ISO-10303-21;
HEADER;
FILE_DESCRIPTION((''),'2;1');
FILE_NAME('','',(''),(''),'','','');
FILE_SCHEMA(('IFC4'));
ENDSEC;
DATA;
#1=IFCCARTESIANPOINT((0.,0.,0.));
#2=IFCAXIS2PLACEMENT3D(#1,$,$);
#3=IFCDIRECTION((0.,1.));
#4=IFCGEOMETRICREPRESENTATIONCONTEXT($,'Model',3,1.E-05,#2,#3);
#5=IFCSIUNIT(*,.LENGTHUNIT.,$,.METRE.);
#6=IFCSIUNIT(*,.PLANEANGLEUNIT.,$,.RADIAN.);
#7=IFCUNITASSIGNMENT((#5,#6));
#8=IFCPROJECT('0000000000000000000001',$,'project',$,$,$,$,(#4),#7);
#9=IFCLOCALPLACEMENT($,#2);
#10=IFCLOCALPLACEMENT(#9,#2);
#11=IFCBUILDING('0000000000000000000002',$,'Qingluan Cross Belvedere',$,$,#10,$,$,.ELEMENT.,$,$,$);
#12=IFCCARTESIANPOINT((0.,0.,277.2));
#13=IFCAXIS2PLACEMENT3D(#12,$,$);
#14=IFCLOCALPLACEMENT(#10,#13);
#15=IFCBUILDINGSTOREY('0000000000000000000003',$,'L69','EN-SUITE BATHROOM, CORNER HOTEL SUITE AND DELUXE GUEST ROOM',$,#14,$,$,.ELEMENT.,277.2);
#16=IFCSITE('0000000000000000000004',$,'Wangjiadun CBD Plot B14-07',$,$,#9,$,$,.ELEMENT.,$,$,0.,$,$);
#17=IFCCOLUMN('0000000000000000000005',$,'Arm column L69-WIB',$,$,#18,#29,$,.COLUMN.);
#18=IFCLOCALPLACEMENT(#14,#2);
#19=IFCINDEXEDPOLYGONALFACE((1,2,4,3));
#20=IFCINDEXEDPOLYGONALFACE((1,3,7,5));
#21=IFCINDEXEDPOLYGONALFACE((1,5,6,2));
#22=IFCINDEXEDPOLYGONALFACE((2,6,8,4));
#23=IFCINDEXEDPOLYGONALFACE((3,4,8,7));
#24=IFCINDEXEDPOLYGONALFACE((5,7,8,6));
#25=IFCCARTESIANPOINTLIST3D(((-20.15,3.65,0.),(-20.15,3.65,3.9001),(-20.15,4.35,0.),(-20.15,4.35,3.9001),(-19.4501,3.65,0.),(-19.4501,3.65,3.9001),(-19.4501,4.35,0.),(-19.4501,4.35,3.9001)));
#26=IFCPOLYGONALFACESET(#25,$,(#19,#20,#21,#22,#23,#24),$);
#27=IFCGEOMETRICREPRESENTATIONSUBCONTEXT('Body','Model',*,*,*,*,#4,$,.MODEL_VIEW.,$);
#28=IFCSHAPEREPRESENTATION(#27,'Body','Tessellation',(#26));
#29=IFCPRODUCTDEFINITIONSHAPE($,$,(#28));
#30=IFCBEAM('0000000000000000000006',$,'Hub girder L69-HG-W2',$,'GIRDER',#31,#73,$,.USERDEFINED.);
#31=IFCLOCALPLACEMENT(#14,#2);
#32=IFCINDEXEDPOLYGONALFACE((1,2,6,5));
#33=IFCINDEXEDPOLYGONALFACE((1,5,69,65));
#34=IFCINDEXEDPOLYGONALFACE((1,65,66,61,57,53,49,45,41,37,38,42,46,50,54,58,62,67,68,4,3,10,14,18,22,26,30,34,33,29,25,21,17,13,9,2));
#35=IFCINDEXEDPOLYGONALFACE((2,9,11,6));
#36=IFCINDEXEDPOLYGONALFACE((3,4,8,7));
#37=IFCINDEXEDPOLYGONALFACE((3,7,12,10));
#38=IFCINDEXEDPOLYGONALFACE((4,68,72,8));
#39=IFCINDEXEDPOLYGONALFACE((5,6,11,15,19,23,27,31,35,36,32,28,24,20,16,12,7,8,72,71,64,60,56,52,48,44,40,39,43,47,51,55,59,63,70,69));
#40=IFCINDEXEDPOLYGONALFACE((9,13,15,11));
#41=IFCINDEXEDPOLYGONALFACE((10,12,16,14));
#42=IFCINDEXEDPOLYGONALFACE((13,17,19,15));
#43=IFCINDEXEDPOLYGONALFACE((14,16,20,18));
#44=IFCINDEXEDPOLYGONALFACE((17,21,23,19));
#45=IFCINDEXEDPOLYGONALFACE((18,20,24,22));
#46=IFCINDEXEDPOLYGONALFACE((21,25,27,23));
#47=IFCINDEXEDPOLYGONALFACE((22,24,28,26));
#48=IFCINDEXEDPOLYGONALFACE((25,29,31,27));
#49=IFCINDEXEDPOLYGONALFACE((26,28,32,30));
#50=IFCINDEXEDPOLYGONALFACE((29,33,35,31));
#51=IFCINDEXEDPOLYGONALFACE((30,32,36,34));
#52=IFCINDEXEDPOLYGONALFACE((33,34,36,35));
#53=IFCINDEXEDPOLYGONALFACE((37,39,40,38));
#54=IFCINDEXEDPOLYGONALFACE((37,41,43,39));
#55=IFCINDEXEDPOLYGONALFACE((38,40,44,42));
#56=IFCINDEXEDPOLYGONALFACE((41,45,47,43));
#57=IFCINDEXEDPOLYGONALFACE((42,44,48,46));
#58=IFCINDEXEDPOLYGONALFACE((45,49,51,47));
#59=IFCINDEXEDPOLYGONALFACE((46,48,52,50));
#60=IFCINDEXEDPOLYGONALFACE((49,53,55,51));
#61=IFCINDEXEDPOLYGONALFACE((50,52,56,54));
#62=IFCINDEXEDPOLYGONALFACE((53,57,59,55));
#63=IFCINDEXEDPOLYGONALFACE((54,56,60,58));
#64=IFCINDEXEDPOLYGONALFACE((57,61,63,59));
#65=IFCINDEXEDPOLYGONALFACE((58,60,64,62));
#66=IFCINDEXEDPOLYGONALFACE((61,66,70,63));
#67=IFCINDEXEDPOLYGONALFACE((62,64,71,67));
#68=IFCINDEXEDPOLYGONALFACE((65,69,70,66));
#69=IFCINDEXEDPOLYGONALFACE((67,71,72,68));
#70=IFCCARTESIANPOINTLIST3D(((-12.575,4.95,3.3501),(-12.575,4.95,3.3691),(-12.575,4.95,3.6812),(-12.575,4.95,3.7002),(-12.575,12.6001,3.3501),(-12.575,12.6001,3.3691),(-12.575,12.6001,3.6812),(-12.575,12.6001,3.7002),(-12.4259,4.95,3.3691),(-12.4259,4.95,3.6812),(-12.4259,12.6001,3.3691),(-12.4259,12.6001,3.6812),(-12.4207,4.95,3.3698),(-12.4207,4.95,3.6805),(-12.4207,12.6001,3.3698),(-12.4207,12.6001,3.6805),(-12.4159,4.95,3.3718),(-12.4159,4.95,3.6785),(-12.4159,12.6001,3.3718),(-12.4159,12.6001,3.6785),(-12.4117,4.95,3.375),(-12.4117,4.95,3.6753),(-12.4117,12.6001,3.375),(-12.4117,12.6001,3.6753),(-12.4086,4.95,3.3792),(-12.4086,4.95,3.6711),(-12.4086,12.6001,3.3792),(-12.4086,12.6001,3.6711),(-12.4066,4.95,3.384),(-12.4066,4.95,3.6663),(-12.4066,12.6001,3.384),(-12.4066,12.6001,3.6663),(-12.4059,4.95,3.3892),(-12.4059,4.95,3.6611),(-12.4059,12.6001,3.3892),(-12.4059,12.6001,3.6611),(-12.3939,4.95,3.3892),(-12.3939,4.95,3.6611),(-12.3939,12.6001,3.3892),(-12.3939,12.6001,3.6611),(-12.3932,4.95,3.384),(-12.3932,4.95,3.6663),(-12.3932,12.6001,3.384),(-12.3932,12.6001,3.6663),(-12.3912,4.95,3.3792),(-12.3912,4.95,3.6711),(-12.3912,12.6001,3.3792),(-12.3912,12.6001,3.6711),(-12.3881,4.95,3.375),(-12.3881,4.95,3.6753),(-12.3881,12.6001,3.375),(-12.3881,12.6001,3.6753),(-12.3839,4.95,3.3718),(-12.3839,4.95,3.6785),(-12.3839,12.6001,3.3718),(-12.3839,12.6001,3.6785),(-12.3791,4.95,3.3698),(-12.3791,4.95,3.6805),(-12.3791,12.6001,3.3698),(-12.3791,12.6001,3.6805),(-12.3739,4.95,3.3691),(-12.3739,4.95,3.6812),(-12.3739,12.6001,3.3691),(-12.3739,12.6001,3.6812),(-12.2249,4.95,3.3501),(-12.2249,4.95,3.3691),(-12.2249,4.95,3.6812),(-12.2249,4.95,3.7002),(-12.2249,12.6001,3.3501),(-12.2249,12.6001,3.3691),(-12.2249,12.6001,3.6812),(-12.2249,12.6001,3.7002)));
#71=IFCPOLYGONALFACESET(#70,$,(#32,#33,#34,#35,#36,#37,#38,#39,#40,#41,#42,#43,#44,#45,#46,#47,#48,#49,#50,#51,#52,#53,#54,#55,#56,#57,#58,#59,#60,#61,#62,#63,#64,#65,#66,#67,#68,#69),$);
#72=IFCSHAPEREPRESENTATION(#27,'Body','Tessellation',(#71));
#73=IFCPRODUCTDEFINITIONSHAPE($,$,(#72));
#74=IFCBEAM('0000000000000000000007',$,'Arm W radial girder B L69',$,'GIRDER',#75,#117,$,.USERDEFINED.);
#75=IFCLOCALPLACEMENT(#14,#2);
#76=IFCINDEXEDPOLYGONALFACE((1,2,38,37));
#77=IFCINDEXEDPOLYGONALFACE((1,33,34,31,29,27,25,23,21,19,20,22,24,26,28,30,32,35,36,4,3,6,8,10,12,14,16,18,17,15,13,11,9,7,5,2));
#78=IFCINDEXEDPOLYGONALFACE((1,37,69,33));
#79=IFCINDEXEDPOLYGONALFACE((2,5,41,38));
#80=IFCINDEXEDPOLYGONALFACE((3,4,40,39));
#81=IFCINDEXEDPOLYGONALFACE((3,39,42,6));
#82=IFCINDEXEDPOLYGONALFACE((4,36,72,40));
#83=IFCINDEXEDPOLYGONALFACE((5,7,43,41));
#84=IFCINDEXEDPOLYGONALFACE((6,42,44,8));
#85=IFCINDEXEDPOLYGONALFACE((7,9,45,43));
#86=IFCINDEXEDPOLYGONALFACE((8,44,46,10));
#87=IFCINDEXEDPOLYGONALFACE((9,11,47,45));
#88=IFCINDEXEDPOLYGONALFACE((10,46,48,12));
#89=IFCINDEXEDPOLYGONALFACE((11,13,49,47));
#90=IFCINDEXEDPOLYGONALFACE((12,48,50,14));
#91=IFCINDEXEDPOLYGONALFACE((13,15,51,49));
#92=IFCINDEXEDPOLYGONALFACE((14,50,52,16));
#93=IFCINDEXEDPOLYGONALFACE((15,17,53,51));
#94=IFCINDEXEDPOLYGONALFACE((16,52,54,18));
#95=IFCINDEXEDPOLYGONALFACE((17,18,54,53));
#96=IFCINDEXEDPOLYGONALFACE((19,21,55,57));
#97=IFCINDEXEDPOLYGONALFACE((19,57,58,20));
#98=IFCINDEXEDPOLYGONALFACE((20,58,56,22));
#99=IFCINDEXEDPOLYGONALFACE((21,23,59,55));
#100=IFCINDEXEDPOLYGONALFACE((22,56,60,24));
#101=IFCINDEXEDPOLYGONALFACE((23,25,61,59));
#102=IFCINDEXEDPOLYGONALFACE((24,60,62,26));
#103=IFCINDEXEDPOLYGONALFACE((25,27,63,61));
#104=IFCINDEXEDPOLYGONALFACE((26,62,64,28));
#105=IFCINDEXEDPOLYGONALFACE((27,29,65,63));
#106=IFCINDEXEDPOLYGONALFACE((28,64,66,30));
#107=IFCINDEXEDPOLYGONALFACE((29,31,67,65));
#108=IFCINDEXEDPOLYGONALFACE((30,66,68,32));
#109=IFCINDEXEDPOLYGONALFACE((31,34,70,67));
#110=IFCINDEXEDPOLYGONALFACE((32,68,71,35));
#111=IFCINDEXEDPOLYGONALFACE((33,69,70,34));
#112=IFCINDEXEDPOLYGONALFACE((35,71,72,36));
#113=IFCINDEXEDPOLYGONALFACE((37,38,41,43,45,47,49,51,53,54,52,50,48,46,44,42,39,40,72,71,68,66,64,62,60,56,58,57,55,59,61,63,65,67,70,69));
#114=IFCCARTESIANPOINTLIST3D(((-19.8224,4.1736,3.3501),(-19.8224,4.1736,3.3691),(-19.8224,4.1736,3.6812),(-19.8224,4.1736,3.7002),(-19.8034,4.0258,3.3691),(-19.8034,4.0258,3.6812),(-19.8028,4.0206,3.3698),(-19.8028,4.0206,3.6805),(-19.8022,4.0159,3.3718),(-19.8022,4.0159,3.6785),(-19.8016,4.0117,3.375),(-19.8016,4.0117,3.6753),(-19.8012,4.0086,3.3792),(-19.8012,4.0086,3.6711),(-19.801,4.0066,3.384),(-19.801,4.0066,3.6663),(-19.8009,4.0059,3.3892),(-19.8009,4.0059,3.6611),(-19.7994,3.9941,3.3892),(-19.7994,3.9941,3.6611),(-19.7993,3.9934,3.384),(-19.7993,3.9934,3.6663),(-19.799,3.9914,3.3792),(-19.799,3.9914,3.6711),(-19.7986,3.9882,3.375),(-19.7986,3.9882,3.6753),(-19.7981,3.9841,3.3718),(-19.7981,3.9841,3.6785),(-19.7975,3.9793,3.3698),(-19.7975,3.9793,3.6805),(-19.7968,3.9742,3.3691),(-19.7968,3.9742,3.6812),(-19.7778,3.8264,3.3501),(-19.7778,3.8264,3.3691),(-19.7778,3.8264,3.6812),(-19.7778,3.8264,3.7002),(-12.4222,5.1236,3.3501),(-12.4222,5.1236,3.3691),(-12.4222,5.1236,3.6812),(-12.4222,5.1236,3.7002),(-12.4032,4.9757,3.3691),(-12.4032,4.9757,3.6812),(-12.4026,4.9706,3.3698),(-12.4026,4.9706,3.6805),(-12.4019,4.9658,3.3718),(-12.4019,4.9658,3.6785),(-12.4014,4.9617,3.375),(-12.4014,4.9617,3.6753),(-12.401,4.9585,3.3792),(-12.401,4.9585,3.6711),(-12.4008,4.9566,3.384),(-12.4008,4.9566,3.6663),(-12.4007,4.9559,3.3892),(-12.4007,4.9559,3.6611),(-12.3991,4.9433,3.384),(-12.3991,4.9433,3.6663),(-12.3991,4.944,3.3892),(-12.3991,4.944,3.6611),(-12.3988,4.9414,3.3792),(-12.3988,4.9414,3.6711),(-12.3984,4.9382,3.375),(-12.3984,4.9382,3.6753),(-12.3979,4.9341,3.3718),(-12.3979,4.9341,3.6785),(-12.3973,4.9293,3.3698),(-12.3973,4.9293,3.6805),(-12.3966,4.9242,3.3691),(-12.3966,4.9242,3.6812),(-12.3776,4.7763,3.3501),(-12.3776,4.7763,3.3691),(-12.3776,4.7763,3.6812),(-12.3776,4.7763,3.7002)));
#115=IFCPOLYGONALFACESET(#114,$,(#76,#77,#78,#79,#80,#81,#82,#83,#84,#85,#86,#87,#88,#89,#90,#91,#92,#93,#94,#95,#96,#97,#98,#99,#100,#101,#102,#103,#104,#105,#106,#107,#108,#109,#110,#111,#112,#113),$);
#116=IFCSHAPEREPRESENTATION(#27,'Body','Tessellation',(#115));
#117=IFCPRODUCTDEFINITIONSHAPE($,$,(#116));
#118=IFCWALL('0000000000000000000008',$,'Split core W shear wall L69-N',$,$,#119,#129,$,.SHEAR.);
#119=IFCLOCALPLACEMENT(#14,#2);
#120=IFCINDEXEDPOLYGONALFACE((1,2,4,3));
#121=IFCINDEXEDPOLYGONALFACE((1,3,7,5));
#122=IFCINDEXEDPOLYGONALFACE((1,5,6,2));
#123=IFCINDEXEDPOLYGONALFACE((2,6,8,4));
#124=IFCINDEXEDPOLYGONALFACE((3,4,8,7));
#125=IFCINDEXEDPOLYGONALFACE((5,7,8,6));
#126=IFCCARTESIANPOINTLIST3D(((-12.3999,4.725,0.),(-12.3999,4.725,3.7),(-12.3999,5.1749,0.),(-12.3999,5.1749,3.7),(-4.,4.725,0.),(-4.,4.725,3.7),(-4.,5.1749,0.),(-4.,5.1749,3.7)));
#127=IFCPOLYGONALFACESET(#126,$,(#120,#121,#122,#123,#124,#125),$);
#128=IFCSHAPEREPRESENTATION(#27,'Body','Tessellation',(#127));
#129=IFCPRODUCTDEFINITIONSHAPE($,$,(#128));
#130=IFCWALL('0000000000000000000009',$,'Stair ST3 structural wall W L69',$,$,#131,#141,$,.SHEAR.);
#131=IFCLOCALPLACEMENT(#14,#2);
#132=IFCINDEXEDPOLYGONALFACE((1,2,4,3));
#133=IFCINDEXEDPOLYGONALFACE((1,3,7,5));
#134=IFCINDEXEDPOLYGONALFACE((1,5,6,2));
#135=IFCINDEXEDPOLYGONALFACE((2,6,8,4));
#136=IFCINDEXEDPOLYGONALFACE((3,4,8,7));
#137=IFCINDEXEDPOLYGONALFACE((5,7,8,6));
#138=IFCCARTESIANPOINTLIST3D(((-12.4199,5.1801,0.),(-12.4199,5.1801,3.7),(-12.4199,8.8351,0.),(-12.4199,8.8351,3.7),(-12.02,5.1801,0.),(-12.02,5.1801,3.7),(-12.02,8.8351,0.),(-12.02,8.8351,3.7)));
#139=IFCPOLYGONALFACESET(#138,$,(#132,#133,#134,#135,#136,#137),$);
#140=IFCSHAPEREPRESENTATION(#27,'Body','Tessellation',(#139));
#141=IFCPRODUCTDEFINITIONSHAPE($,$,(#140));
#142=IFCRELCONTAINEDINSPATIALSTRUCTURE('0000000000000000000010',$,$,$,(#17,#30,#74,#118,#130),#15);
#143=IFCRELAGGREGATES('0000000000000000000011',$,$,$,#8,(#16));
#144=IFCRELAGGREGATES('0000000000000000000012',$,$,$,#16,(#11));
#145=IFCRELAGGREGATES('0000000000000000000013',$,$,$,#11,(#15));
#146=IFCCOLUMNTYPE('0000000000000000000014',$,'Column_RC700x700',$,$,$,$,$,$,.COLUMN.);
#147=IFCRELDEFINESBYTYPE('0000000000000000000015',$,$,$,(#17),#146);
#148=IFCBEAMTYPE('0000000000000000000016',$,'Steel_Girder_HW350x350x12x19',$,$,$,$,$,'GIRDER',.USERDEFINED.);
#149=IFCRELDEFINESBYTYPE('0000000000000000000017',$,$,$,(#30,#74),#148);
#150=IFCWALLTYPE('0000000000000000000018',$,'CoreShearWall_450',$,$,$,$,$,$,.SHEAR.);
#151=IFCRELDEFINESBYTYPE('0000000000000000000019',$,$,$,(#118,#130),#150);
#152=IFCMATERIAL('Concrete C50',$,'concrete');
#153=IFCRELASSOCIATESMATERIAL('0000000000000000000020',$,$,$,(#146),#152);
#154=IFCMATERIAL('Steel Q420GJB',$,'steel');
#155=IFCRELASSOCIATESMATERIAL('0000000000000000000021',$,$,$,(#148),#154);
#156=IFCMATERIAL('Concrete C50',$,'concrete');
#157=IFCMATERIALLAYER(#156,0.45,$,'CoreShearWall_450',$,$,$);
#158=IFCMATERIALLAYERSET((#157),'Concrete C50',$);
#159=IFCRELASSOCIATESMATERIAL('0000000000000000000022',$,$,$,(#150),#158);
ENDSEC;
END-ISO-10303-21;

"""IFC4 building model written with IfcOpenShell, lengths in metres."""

from ifc_helpers import new_model, si_unit, direction, frame, frame_2d, origin, origin_2d, place, context, subcontext, project, spatial, rectangle, i_section, extrude, material, layer, layer_set, material_profile, profile_set, type_object, element, save


model = new_model("IFC4")

# Units and contexts
model_context = context("Model", 3, precision=1e-05, world=origin(), true_north=direction((0.0, 1.0)))
body_context = subcontext(model_context, "Body", "Model", "MODEL_VIEW")
ifc_project = project(units=[si_unit("LENGTHUNIT", "METRE"), si_unit("PLANEANGLEUNIT", "RADIAN")], contexts=[model_context])

# Site, building, storey
site_placement = place(None, origin())
site = spatial("IfcSite", under=ifc_project, at=site_placement, Name="Wangjiadun CBD Plot B14-07", CompositionType="ELEMENT", RefElevation=0.0)
building_placement = place(site_placement, origin())
building = spatial("IfcBuilding", under=site, at=building_placement, Name="Qingluan Cross Belvedere", CompositionType="ELEMENT")
storey_placement = place(building_placement, frame((0.0, 0.0, 277.2)))
storey = spatial("IfcBuildingStorey", under=building, at=storey_placement, Name="L69", Description="EN-SUITE BATHROOM, CORNER HOTEL SUITE AND DELUXE GUEST ROOM", CompositionType="ELEMENT", Elevation=277.2)

# Column
ifc_material_1 = material(Name="Concrete C50", Category="concrete")
ifc_material_profile_1 = material_profile(ifc_material_1, rectangle(XDim=0.7, YDim=0.7, at=origin_2d()), Name="RC700x700")
ifc_profile_set_1 = profile_set([ifc_material_profile_1], Name="Concrete C50")
column_type = type_object("IfcColumnType", Name="Column_RC700x700", PredefinedType="COLUMN", material=ifc_profile_set_1)
column_placement = place(storey_placement, frame((-19.8, 4.0, 0.0), z_axis=(0.0, 0.0, 1.0), x_axis=(1.0, 0.0, 0.0)))
element("IfcColumn", 1, at=column_placement, inside=storey, type_object=column_type, Name="Arm column L69-WIB", PredefinedType="COLUMN", context=body_context, shape_type="SweptSolid", body=[
    extrude(rectangle(XDim=0.7, YDim=0.7, at=origin_2d()), origin(), (0.0, 0.0, 1.0), 3.9001),
])

# Beams
ifc_material_2 = material(Name="Steel Q420GJB", Category="steel")
ifc_material_profile_2 = material_profile(ifc_material_2, i_section(OverallWidth=0.3501, OverallDepth=0.3501, WebThickness=0.012, FlangeThickness=0.019, FilletRadius=0.02, at=origin_2d()), Name="HW350x350x12x19")
ifc_profile_set_2 = profile_set([ifc_material_profile_2], Name="Steel Q420GJB")
beam_type = type_object("IfcBeamType", Name="Steel_Girder_HW350x350x12x19", ElementType="GIRDER", PredefinedType="USERDEFINED", material=ifc_profile_set_2)
beam_1_placement = place(storey_placement, frame((-12.3999, 4.95, 3.5251), z_axis=(0.0, 1.0, 0.0), x_axis=(-1.0, 0.0, 0.0)))
element("IfcBeam", 2, at=beam_1_placement, inside=storey, type_object=beam_type, Name="Hub girder L69-HG-W2", ObjectType="GIRDER", PredefinedType="USERDEFINED", context=body_context, shape_type="SweptSolid", body=[
    extrude(i_section(OverallWidth=0.3501, OverallDepth=0.3501, WebThickness=0.012, FlangeThickness=0.019, FilletRadius=0.02, at=origin_2d()), origin(), (0.0, 0.0, 1.0), 7.6501),
])
beam_2_placement = place(storey_placement, frame((-12.3999, 4.95, 3.5251), z_axis=(-0.991861, -0.127324, 0.0), x_axis=(0.127324, -0.991861, 0.0)))
element("IfcBeam", 3, at=beam_2_placement, inside=storey, type_object=beam_type, Name="Arm W radial girder B L69", ObjectType="GIRDER", PredefinedType="USERDEFINED", context=body_context, shape_type="SweptSolid", body=[
    extrude(i_section(OverallWidth=0.3501, OverallDepth=0.3501, WebThickness=0.012, FlangeThickness=0.019, FilletRadius=0.02, at=origin_2d()), origin(), (0.0, 0.0, 1.0), 7.4609),
])

# Walls
ifc_material_3 = material(Name="Concrete C50", Category="concrete")
ifc_layer_1 = layer(ifc_material_3, 0.45, Name="CoreShearWall_450")
ifc_layer_set_1 = layer_set([ifc_layer_1], Name="Concrete C50")
wall_type_1 = type_object("IfcWallType", Name="CoreShearWall_450", PredefinedType="SHEAR", material=ifc_layer_set_1)
wall_1_placement = place(storey_placement, frame((-12.3999, 4.95, 0.0), z_axis=(0.0, 0.0, 1.0), x_axis=(1.0, 0.0, 0.0)))
element("IfcWall", 4, at=wall_1_placement, inside=storey, type_object=wall_type_1, Name="Split core W shear wall L69-N", PredefinedType="SHEAR", context=body_context, shape_type="SweptSolid", body=[
    extrude(rectangle(XDim=8.3999, YDim=0.45, at=frame_2d((4.2, 0.0))), origin(), (0.0, 0.0, 1.0), 3.7),
])
wall_2_placement = place(storey_placement, frame((-12.22, 5.1799, 0.0), z_axis=(0.0, 0.0, 1.0), x_axis=(0.0, 1.0, 0.0)))
element("IfcWall", 5, at=wall_2_placement, inside=storey, type_object=wall_type_1, Name="Stair ST3 structural wall W L69", PredefinedType="SHEAR", context=body_context, shape_type="SweptSolid", body=[
    extrude(rectangle(XDim=3.655, YDim=0.3999, at=frame_2d((1.8276, 0.0))), origin(), (0.0, 0.0, 1.0), 3.7),
])

save(model, "model.ifc")
